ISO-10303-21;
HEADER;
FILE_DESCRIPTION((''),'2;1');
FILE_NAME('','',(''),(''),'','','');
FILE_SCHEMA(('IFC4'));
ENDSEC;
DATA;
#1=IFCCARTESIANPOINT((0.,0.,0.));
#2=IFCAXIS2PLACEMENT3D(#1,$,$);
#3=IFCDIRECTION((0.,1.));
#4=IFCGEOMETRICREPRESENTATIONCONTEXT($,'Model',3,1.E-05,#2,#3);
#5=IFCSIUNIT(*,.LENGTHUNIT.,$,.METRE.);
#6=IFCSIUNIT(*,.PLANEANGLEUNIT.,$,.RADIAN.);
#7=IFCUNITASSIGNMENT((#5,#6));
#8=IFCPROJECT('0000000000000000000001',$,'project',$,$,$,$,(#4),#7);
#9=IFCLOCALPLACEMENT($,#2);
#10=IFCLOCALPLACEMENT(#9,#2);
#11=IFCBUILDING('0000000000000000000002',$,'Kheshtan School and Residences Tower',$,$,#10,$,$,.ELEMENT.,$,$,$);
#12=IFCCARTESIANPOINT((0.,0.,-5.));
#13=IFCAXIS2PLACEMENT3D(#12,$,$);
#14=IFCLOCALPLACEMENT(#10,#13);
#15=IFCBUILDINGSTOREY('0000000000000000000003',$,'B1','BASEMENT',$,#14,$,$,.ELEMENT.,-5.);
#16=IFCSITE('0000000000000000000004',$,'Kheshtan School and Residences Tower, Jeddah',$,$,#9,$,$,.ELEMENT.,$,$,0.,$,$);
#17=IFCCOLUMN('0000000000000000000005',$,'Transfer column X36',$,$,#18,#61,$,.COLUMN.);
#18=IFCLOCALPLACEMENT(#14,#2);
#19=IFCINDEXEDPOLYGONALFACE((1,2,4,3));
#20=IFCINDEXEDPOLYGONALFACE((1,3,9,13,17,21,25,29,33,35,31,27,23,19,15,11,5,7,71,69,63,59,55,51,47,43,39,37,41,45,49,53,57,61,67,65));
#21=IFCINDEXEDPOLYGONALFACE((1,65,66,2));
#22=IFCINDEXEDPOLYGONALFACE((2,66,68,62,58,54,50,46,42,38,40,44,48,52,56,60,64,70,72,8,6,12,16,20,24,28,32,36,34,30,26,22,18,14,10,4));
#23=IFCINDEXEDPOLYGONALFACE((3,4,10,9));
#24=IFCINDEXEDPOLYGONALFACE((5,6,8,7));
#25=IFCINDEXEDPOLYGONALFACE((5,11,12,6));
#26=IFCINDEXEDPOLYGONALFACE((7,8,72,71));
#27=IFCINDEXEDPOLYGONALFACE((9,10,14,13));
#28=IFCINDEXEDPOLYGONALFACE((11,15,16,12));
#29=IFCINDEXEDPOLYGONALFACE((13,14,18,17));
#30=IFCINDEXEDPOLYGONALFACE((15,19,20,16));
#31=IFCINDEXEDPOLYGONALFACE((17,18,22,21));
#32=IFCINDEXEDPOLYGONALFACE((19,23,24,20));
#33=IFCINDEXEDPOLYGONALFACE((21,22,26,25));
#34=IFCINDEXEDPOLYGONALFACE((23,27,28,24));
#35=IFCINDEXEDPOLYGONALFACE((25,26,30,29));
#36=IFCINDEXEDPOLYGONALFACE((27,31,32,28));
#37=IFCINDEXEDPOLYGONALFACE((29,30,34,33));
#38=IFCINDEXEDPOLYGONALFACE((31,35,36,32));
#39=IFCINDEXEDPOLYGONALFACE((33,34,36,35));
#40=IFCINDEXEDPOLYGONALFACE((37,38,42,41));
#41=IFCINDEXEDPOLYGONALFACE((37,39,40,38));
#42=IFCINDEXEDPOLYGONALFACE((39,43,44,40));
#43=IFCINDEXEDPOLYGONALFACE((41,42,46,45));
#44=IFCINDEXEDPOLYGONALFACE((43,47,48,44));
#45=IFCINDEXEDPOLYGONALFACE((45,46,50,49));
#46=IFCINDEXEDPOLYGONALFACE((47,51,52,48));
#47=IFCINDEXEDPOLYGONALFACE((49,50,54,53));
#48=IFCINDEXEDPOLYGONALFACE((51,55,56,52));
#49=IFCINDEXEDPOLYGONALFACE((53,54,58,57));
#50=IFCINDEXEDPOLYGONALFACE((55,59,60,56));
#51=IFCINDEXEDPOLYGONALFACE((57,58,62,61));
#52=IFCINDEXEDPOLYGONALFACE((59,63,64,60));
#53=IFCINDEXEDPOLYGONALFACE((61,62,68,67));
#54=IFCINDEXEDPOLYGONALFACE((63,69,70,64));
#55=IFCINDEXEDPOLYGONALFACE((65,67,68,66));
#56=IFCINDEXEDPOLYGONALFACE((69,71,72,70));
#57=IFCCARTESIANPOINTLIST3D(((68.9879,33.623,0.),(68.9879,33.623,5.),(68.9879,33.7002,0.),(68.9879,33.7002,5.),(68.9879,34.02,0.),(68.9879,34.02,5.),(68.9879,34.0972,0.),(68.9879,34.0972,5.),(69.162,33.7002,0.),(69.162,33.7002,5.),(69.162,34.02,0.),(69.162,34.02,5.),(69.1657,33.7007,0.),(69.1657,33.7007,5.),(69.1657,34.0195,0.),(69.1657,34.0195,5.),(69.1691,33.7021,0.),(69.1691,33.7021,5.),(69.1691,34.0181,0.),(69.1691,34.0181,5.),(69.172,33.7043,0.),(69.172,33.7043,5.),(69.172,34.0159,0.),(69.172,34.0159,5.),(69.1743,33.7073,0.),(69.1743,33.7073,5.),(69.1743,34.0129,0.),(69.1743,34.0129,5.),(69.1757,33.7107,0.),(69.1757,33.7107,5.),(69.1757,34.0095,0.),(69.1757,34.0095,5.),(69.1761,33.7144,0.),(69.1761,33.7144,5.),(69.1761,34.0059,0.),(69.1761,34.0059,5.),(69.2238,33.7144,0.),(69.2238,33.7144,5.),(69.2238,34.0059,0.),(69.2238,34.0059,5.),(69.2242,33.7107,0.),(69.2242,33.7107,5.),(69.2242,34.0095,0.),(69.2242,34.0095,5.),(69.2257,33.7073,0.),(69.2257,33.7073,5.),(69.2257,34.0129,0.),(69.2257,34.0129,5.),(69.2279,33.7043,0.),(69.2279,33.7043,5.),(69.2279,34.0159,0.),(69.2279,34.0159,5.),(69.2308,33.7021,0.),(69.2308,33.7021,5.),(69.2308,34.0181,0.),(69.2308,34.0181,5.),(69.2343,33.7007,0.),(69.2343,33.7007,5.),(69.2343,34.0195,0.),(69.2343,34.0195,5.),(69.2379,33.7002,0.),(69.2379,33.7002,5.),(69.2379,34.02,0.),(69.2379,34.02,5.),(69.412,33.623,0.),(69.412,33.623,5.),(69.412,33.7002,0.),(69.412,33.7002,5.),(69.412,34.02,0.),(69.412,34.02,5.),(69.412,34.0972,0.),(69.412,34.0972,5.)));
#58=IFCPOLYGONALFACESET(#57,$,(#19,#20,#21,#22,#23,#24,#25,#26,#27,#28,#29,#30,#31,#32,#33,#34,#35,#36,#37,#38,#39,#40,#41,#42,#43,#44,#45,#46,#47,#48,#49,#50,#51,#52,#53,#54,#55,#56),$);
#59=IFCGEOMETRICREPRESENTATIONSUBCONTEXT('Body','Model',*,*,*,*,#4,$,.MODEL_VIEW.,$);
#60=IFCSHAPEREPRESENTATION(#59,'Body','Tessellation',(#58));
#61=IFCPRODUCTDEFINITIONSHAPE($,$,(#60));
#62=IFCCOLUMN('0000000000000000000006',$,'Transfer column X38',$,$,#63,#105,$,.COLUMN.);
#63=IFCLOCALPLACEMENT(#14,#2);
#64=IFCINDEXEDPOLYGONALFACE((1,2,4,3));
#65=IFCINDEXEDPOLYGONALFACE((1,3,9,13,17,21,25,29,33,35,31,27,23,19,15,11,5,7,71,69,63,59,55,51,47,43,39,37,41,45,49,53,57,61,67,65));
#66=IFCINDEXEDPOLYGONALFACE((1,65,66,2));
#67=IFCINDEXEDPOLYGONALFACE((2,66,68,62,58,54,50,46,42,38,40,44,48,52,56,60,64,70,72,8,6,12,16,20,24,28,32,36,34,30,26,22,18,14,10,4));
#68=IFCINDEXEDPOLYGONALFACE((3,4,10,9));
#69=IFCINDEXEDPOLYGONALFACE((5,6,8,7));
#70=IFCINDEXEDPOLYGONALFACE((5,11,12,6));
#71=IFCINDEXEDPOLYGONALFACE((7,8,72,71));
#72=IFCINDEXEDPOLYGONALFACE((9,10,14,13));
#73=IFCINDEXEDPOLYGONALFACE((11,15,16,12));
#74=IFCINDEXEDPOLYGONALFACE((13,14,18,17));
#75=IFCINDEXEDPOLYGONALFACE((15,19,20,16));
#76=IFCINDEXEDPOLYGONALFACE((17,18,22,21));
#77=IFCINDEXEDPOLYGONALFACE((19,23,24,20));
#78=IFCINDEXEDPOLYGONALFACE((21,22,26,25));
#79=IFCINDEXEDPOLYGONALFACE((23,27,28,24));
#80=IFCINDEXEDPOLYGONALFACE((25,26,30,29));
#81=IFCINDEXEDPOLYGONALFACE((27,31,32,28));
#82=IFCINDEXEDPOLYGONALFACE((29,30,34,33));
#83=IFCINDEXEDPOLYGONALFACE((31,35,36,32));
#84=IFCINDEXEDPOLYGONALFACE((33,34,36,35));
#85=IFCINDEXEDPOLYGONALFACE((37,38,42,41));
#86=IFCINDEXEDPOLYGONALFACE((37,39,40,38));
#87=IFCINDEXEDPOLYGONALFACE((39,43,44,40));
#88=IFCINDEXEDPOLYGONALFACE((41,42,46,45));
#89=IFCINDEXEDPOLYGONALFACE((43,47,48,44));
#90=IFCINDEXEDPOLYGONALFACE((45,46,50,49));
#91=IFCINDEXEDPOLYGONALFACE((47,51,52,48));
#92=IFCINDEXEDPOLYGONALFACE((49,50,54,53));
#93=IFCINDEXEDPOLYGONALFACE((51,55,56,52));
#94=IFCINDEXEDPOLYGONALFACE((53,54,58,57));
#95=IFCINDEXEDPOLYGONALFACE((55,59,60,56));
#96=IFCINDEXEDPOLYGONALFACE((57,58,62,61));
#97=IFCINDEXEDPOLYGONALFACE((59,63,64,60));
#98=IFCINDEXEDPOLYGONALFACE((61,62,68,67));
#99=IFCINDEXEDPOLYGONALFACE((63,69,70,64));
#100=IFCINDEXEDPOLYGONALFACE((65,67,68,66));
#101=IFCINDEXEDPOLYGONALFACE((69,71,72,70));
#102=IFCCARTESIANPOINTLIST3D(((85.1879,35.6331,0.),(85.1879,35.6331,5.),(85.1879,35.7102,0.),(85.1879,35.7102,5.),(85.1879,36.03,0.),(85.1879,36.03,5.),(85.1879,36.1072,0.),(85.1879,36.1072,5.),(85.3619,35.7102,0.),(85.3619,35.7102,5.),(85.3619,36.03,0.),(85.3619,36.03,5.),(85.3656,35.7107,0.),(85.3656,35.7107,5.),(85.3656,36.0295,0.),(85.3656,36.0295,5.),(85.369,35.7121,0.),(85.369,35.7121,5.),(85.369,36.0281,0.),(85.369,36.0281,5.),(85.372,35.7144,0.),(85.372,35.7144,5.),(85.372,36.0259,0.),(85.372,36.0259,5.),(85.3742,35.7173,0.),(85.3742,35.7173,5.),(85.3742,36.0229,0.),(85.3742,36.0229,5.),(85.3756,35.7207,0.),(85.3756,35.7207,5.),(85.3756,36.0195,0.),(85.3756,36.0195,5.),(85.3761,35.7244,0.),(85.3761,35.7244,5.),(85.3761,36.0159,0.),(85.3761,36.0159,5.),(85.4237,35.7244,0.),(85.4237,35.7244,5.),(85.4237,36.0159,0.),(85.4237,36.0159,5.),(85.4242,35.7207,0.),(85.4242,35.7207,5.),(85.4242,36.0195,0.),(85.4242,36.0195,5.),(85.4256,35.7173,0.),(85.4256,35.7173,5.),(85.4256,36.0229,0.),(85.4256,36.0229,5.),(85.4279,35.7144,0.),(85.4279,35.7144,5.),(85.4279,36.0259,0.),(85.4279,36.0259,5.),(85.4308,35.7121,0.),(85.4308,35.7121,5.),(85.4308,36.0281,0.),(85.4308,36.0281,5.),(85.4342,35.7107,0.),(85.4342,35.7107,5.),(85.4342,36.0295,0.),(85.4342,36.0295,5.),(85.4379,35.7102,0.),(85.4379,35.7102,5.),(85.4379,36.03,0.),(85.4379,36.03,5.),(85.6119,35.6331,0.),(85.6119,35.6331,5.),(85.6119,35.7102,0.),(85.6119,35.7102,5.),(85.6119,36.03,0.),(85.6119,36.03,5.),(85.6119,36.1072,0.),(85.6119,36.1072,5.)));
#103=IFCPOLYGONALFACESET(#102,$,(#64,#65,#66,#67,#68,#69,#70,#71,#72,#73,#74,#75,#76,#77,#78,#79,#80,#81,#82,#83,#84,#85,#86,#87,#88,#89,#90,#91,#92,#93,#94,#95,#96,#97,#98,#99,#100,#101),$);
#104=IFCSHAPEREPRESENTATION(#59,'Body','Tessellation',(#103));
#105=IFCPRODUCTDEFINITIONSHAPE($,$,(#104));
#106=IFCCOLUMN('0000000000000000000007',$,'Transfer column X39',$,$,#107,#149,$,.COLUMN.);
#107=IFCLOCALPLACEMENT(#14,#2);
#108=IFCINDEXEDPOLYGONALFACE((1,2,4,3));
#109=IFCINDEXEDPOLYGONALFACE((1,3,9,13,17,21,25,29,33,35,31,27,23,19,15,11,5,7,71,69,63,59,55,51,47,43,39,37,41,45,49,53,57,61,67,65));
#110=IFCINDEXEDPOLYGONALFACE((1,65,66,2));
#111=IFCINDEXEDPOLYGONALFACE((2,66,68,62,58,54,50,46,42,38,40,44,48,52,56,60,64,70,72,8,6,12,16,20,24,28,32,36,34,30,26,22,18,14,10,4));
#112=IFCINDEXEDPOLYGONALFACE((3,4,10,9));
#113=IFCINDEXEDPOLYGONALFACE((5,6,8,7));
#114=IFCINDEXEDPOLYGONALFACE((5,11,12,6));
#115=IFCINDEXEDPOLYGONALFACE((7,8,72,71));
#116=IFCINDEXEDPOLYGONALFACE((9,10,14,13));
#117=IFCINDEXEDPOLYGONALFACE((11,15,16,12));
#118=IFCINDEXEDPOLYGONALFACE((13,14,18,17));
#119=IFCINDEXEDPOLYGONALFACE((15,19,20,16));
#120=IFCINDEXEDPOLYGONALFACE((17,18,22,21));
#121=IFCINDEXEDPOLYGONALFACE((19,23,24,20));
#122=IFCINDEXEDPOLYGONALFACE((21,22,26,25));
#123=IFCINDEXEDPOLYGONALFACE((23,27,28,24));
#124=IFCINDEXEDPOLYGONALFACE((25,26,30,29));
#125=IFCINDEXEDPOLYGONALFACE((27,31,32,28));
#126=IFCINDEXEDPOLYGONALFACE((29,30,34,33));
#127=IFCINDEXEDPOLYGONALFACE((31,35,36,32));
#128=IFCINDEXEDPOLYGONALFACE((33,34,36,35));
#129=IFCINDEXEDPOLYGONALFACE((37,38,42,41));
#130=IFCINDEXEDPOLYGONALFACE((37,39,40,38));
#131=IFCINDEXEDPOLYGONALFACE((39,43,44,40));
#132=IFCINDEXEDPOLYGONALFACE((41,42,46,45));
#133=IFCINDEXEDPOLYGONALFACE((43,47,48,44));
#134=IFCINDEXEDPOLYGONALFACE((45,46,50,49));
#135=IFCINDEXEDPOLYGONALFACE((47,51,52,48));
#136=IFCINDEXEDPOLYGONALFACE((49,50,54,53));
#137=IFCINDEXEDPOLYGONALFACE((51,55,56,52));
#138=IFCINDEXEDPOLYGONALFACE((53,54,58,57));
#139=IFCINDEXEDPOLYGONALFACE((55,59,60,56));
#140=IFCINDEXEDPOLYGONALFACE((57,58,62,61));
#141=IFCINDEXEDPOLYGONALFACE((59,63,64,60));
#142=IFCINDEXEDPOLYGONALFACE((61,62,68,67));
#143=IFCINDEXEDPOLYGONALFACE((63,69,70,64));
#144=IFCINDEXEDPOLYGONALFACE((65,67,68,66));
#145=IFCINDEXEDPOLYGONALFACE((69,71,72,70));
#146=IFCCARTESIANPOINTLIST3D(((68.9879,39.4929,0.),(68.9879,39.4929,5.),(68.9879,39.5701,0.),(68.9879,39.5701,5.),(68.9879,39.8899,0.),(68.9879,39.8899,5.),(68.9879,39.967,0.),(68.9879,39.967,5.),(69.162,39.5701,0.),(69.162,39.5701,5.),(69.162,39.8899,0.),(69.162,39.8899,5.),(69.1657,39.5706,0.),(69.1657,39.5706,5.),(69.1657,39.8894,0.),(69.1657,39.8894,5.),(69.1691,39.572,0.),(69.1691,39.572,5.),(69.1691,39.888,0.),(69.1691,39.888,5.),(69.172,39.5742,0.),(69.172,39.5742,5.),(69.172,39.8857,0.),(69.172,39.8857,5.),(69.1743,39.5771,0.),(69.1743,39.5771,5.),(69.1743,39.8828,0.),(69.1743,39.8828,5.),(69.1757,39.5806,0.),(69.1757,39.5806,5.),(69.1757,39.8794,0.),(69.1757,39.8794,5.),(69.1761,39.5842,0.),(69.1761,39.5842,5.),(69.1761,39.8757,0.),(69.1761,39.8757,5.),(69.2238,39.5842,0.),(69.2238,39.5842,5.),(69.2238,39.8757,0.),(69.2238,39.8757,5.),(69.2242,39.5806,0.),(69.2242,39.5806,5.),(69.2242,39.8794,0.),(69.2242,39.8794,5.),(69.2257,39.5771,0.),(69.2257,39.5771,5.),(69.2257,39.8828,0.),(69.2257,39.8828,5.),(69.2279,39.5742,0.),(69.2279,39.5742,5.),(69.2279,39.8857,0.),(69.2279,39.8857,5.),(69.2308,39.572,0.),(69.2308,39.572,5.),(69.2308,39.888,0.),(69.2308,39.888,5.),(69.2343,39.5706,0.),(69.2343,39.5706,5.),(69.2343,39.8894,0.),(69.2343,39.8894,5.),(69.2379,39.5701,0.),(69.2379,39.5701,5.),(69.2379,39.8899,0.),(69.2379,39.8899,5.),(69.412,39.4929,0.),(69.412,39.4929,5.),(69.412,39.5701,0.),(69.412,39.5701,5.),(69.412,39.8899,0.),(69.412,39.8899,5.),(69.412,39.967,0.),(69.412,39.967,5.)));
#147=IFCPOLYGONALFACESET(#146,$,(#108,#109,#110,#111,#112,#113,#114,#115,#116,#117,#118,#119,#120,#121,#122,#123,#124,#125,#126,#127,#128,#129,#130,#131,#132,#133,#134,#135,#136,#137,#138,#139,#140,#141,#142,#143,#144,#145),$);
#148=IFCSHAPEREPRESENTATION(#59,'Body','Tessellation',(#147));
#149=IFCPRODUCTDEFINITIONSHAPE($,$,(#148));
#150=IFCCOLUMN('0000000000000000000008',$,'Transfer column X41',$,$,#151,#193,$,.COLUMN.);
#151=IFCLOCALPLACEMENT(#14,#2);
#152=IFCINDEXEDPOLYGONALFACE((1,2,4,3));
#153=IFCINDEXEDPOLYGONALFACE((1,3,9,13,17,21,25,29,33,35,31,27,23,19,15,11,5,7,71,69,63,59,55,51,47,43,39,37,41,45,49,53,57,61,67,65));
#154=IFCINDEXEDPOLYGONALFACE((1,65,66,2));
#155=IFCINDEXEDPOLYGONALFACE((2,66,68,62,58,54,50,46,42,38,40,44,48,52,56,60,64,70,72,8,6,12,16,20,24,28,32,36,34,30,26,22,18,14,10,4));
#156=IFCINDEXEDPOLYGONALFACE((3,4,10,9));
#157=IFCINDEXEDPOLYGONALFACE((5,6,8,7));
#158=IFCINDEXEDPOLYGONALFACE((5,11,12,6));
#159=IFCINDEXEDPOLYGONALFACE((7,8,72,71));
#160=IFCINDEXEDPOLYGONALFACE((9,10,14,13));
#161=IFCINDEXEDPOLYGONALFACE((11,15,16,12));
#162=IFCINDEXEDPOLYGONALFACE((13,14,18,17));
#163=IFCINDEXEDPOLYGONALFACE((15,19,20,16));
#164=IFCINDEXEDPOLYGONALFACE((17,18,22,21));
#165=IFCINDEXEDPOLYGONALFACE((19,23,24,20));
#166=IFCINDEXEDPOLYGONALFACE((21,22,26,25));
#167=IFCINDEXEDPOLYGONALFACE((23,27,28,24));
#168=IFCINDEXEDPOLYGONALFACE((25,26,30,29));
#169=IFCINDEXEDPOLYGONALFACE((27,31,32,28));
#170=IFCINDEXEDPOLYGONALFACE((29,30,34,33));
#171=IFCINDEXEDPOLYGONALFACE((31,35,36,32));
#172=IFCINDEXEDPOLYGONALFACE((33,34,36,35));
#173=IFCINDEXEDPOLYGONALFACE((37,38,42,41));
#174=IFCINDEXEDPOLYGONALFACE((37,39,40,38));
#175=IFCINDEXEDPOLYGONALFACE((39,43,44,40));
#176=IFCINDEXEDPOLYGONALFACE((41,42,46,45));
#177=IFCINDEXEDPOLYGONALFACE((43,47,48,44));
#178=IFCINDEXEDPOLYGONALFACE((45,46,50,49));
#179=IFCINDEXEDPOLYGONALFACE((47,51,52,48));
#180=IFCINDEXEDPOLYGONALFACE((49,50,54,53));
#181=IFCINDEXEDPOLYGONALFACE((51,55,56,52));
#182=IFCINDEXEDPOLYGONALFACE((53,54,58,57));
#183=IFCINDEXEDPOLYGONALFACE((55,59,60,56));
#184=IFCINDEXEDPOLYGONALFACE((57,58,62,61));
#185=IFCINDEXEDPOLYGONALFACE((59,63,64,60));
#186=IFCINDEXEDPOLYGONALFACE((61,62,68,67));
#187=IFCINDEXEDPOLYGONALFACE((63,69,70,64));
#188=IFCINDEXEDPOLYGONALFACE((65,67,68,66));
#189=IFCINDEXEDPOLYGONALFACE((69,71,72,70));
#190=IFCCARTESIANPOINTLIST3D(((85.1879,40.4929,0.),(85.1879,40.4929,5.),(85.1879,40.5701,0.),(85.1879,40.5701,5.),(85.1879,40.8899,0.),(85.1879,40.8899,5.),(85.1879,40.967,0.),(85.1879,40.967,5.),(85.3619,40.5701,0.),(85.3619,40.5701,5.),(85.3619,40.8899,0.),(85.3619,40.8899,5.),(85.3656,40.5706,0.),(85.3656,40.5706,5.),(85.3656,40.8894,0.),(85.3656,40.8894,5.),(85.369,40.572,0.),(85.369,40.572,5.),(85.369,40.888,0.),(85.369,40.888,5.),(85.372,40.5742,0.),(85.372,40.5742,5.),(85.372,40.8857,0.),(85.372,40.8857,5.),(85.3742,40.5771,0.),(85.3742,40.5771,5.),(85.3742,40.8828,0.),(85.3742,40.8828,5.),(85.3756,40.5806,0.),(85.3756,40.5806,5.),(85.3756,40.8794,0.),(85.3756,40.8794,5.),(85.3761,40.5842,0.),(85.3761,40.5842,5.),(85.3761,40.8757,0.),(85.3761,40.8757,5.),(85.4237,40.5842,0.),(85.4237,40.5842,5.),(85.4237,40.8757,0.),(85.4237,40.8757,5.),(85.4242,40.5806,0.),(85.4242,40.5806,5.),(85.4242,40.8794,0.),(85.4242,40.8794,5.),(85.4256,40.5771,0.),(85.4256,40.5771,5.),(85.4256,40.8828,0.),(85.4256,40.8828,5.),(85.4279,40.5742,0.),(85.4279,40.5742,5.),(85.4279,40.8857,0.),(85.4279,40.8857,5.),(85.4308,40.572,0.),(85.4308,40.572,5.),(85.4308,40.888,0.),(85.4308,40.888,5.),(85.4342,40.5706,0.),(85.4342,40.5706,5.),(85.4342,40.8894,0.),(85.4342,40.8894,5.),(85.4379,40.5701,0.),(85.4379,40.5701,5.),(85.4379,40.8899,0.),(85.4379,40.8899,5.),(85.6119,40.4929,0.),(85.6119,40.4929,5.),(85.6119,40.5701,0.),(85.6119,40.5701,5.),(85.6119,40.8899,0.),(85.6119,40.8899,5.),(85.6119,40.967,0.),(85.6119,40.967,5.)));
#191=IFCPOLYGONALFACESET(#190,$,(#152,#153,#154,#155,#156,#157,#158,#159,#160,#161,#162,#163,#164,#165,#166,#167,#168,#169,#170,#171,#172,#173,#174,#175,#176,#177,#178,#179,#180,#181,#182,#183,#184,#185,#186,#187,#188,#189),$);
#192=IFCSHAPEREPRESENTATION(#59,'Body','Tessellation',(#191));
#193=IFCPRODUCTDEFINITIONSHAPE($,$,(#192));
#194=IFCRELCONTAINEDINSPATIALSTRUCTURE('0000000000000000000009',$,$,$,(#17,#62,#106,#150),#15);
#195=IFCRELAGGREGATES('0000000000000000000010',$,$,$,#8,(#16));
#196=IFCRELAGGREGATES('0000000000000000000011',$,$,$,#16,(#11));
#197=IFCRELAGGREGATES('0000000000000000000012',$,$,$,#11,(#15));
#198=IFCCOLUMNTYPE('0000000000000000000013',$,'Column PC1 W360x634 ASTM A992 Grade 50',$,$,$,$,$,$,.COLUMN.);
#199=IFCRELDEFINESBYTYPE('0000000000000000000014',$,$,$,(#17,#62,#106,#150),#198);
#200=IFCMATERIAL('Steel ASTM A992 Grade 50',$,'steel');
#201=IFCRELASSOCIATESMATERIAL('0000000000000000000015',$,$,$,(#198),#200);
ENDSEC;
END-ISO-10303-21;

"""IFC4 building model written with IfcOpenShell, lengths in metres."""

from ifc_helpers import new_model, si_unit, direction, frame, origin, origin_2d, place, context, subcontext, project, spatial, i_section, extrude, material, material_profile, profile_set, type_object, element, save


model = new_model("IFC4")

# Units and contexts
model_context = context("Model", 3, precision=1e-05, world=origin(), true_north=direction((0.0, 1.0)))
body_context = subcontext(model_context, "Body", "Model", "MODEL_VIEW")
ifc_project = project(units=[si_unit("LENGTHUNIT", "METRE"), si_unit("PLANEANGLEUNIT", "RADIAN")], contexts=[model_context])

# Site, building, storey
site_placement = place(None, origin())
site = spatial("IfcSite", under=ifc_project, at=site_placement, Name="Kheshtan School and Residences Tower, Jeddah", CompositionType="ELEMENT", RefElevation=0.0)
building_placement = place(site_placement, origin())
building = spatial("IfcBuilding", under=site, at=building_placement, Name="Kheshtan School and Residences Tower", CompositionType="ELEMENT")
storey_placement = place(building_placement, frame((0.0, 0.0, -5.0)))
storey = spatial("IfcBuildingStorey", under=building, at=storey_placement, Name="B1", Description="BASEMENT", CompositionType="ELEMENT", Elevation=-5.0)

# Columns
ifc_material_1 = material(Name="Steel ASTM A992 Grade 50", Category="steel")
ifc_material_profile_1 = material_profile(ifc_material_1, i_section(OverallWidth=0.4241, OverallDepth=0.4741, WebThickness=0.0476, FlangeThickness=0.0771, FilletRadius=0.0142, at=origin_2d()), Name="W360x634")
ifc_profile_set_1 = profile_set([ifc_material_profile_1], Name="Steel ASTM A992 Grade 50")
column_type = type_object("IfcColumnType", Name="Column PC1 W360x634 ASTM A992 Grade 50", PredefinedType="COLUMN", material=ifc_profile_set_1)
for number, where, z_axis, x_axis, name in (
    (1, (69.2, 33.8601, 0.0), (0.0, 0.0, 1.0), (1.0, 0.0, 0.0), "Transfer column X36"),
    (2, (85.3999, 35.8701, 0.0), (0.0, 0.0, 1.0), (1.0, 0.0, 0.0), "Transfer column X38"),
    (3, (69.2, 39.73, 0.0), (0.0, 0.0, 1.0), (1.0, 0.0, 0.0), "Transfer column X39"),
    (4, (85.3999, 40.73, 0.0), (0.0, 0.0, 1.0), (1.0, 0.0, 0.0), "Transfer column X41"),
):
    element("IfcColumn", number, at=place(storey_placement, frame(where, z_axis=z_axis, x_axis=x_axis)), inside=storey, type_object=column_type, Name=name, PredefinedType="COLUMN", context=body_context, shape_type="SweptSolid", body=[
        extrude(i_section(OverallWidth=0.4241, OverallDepth=0.4741, WebThickness=0.0476, FlangeThickness=0.0771, FilletRadius=0.0142, at=origin_2d()), origin(), (0.0, 0.0, 1.0), 5.0),
    ])

save(model, "model.ifc")
